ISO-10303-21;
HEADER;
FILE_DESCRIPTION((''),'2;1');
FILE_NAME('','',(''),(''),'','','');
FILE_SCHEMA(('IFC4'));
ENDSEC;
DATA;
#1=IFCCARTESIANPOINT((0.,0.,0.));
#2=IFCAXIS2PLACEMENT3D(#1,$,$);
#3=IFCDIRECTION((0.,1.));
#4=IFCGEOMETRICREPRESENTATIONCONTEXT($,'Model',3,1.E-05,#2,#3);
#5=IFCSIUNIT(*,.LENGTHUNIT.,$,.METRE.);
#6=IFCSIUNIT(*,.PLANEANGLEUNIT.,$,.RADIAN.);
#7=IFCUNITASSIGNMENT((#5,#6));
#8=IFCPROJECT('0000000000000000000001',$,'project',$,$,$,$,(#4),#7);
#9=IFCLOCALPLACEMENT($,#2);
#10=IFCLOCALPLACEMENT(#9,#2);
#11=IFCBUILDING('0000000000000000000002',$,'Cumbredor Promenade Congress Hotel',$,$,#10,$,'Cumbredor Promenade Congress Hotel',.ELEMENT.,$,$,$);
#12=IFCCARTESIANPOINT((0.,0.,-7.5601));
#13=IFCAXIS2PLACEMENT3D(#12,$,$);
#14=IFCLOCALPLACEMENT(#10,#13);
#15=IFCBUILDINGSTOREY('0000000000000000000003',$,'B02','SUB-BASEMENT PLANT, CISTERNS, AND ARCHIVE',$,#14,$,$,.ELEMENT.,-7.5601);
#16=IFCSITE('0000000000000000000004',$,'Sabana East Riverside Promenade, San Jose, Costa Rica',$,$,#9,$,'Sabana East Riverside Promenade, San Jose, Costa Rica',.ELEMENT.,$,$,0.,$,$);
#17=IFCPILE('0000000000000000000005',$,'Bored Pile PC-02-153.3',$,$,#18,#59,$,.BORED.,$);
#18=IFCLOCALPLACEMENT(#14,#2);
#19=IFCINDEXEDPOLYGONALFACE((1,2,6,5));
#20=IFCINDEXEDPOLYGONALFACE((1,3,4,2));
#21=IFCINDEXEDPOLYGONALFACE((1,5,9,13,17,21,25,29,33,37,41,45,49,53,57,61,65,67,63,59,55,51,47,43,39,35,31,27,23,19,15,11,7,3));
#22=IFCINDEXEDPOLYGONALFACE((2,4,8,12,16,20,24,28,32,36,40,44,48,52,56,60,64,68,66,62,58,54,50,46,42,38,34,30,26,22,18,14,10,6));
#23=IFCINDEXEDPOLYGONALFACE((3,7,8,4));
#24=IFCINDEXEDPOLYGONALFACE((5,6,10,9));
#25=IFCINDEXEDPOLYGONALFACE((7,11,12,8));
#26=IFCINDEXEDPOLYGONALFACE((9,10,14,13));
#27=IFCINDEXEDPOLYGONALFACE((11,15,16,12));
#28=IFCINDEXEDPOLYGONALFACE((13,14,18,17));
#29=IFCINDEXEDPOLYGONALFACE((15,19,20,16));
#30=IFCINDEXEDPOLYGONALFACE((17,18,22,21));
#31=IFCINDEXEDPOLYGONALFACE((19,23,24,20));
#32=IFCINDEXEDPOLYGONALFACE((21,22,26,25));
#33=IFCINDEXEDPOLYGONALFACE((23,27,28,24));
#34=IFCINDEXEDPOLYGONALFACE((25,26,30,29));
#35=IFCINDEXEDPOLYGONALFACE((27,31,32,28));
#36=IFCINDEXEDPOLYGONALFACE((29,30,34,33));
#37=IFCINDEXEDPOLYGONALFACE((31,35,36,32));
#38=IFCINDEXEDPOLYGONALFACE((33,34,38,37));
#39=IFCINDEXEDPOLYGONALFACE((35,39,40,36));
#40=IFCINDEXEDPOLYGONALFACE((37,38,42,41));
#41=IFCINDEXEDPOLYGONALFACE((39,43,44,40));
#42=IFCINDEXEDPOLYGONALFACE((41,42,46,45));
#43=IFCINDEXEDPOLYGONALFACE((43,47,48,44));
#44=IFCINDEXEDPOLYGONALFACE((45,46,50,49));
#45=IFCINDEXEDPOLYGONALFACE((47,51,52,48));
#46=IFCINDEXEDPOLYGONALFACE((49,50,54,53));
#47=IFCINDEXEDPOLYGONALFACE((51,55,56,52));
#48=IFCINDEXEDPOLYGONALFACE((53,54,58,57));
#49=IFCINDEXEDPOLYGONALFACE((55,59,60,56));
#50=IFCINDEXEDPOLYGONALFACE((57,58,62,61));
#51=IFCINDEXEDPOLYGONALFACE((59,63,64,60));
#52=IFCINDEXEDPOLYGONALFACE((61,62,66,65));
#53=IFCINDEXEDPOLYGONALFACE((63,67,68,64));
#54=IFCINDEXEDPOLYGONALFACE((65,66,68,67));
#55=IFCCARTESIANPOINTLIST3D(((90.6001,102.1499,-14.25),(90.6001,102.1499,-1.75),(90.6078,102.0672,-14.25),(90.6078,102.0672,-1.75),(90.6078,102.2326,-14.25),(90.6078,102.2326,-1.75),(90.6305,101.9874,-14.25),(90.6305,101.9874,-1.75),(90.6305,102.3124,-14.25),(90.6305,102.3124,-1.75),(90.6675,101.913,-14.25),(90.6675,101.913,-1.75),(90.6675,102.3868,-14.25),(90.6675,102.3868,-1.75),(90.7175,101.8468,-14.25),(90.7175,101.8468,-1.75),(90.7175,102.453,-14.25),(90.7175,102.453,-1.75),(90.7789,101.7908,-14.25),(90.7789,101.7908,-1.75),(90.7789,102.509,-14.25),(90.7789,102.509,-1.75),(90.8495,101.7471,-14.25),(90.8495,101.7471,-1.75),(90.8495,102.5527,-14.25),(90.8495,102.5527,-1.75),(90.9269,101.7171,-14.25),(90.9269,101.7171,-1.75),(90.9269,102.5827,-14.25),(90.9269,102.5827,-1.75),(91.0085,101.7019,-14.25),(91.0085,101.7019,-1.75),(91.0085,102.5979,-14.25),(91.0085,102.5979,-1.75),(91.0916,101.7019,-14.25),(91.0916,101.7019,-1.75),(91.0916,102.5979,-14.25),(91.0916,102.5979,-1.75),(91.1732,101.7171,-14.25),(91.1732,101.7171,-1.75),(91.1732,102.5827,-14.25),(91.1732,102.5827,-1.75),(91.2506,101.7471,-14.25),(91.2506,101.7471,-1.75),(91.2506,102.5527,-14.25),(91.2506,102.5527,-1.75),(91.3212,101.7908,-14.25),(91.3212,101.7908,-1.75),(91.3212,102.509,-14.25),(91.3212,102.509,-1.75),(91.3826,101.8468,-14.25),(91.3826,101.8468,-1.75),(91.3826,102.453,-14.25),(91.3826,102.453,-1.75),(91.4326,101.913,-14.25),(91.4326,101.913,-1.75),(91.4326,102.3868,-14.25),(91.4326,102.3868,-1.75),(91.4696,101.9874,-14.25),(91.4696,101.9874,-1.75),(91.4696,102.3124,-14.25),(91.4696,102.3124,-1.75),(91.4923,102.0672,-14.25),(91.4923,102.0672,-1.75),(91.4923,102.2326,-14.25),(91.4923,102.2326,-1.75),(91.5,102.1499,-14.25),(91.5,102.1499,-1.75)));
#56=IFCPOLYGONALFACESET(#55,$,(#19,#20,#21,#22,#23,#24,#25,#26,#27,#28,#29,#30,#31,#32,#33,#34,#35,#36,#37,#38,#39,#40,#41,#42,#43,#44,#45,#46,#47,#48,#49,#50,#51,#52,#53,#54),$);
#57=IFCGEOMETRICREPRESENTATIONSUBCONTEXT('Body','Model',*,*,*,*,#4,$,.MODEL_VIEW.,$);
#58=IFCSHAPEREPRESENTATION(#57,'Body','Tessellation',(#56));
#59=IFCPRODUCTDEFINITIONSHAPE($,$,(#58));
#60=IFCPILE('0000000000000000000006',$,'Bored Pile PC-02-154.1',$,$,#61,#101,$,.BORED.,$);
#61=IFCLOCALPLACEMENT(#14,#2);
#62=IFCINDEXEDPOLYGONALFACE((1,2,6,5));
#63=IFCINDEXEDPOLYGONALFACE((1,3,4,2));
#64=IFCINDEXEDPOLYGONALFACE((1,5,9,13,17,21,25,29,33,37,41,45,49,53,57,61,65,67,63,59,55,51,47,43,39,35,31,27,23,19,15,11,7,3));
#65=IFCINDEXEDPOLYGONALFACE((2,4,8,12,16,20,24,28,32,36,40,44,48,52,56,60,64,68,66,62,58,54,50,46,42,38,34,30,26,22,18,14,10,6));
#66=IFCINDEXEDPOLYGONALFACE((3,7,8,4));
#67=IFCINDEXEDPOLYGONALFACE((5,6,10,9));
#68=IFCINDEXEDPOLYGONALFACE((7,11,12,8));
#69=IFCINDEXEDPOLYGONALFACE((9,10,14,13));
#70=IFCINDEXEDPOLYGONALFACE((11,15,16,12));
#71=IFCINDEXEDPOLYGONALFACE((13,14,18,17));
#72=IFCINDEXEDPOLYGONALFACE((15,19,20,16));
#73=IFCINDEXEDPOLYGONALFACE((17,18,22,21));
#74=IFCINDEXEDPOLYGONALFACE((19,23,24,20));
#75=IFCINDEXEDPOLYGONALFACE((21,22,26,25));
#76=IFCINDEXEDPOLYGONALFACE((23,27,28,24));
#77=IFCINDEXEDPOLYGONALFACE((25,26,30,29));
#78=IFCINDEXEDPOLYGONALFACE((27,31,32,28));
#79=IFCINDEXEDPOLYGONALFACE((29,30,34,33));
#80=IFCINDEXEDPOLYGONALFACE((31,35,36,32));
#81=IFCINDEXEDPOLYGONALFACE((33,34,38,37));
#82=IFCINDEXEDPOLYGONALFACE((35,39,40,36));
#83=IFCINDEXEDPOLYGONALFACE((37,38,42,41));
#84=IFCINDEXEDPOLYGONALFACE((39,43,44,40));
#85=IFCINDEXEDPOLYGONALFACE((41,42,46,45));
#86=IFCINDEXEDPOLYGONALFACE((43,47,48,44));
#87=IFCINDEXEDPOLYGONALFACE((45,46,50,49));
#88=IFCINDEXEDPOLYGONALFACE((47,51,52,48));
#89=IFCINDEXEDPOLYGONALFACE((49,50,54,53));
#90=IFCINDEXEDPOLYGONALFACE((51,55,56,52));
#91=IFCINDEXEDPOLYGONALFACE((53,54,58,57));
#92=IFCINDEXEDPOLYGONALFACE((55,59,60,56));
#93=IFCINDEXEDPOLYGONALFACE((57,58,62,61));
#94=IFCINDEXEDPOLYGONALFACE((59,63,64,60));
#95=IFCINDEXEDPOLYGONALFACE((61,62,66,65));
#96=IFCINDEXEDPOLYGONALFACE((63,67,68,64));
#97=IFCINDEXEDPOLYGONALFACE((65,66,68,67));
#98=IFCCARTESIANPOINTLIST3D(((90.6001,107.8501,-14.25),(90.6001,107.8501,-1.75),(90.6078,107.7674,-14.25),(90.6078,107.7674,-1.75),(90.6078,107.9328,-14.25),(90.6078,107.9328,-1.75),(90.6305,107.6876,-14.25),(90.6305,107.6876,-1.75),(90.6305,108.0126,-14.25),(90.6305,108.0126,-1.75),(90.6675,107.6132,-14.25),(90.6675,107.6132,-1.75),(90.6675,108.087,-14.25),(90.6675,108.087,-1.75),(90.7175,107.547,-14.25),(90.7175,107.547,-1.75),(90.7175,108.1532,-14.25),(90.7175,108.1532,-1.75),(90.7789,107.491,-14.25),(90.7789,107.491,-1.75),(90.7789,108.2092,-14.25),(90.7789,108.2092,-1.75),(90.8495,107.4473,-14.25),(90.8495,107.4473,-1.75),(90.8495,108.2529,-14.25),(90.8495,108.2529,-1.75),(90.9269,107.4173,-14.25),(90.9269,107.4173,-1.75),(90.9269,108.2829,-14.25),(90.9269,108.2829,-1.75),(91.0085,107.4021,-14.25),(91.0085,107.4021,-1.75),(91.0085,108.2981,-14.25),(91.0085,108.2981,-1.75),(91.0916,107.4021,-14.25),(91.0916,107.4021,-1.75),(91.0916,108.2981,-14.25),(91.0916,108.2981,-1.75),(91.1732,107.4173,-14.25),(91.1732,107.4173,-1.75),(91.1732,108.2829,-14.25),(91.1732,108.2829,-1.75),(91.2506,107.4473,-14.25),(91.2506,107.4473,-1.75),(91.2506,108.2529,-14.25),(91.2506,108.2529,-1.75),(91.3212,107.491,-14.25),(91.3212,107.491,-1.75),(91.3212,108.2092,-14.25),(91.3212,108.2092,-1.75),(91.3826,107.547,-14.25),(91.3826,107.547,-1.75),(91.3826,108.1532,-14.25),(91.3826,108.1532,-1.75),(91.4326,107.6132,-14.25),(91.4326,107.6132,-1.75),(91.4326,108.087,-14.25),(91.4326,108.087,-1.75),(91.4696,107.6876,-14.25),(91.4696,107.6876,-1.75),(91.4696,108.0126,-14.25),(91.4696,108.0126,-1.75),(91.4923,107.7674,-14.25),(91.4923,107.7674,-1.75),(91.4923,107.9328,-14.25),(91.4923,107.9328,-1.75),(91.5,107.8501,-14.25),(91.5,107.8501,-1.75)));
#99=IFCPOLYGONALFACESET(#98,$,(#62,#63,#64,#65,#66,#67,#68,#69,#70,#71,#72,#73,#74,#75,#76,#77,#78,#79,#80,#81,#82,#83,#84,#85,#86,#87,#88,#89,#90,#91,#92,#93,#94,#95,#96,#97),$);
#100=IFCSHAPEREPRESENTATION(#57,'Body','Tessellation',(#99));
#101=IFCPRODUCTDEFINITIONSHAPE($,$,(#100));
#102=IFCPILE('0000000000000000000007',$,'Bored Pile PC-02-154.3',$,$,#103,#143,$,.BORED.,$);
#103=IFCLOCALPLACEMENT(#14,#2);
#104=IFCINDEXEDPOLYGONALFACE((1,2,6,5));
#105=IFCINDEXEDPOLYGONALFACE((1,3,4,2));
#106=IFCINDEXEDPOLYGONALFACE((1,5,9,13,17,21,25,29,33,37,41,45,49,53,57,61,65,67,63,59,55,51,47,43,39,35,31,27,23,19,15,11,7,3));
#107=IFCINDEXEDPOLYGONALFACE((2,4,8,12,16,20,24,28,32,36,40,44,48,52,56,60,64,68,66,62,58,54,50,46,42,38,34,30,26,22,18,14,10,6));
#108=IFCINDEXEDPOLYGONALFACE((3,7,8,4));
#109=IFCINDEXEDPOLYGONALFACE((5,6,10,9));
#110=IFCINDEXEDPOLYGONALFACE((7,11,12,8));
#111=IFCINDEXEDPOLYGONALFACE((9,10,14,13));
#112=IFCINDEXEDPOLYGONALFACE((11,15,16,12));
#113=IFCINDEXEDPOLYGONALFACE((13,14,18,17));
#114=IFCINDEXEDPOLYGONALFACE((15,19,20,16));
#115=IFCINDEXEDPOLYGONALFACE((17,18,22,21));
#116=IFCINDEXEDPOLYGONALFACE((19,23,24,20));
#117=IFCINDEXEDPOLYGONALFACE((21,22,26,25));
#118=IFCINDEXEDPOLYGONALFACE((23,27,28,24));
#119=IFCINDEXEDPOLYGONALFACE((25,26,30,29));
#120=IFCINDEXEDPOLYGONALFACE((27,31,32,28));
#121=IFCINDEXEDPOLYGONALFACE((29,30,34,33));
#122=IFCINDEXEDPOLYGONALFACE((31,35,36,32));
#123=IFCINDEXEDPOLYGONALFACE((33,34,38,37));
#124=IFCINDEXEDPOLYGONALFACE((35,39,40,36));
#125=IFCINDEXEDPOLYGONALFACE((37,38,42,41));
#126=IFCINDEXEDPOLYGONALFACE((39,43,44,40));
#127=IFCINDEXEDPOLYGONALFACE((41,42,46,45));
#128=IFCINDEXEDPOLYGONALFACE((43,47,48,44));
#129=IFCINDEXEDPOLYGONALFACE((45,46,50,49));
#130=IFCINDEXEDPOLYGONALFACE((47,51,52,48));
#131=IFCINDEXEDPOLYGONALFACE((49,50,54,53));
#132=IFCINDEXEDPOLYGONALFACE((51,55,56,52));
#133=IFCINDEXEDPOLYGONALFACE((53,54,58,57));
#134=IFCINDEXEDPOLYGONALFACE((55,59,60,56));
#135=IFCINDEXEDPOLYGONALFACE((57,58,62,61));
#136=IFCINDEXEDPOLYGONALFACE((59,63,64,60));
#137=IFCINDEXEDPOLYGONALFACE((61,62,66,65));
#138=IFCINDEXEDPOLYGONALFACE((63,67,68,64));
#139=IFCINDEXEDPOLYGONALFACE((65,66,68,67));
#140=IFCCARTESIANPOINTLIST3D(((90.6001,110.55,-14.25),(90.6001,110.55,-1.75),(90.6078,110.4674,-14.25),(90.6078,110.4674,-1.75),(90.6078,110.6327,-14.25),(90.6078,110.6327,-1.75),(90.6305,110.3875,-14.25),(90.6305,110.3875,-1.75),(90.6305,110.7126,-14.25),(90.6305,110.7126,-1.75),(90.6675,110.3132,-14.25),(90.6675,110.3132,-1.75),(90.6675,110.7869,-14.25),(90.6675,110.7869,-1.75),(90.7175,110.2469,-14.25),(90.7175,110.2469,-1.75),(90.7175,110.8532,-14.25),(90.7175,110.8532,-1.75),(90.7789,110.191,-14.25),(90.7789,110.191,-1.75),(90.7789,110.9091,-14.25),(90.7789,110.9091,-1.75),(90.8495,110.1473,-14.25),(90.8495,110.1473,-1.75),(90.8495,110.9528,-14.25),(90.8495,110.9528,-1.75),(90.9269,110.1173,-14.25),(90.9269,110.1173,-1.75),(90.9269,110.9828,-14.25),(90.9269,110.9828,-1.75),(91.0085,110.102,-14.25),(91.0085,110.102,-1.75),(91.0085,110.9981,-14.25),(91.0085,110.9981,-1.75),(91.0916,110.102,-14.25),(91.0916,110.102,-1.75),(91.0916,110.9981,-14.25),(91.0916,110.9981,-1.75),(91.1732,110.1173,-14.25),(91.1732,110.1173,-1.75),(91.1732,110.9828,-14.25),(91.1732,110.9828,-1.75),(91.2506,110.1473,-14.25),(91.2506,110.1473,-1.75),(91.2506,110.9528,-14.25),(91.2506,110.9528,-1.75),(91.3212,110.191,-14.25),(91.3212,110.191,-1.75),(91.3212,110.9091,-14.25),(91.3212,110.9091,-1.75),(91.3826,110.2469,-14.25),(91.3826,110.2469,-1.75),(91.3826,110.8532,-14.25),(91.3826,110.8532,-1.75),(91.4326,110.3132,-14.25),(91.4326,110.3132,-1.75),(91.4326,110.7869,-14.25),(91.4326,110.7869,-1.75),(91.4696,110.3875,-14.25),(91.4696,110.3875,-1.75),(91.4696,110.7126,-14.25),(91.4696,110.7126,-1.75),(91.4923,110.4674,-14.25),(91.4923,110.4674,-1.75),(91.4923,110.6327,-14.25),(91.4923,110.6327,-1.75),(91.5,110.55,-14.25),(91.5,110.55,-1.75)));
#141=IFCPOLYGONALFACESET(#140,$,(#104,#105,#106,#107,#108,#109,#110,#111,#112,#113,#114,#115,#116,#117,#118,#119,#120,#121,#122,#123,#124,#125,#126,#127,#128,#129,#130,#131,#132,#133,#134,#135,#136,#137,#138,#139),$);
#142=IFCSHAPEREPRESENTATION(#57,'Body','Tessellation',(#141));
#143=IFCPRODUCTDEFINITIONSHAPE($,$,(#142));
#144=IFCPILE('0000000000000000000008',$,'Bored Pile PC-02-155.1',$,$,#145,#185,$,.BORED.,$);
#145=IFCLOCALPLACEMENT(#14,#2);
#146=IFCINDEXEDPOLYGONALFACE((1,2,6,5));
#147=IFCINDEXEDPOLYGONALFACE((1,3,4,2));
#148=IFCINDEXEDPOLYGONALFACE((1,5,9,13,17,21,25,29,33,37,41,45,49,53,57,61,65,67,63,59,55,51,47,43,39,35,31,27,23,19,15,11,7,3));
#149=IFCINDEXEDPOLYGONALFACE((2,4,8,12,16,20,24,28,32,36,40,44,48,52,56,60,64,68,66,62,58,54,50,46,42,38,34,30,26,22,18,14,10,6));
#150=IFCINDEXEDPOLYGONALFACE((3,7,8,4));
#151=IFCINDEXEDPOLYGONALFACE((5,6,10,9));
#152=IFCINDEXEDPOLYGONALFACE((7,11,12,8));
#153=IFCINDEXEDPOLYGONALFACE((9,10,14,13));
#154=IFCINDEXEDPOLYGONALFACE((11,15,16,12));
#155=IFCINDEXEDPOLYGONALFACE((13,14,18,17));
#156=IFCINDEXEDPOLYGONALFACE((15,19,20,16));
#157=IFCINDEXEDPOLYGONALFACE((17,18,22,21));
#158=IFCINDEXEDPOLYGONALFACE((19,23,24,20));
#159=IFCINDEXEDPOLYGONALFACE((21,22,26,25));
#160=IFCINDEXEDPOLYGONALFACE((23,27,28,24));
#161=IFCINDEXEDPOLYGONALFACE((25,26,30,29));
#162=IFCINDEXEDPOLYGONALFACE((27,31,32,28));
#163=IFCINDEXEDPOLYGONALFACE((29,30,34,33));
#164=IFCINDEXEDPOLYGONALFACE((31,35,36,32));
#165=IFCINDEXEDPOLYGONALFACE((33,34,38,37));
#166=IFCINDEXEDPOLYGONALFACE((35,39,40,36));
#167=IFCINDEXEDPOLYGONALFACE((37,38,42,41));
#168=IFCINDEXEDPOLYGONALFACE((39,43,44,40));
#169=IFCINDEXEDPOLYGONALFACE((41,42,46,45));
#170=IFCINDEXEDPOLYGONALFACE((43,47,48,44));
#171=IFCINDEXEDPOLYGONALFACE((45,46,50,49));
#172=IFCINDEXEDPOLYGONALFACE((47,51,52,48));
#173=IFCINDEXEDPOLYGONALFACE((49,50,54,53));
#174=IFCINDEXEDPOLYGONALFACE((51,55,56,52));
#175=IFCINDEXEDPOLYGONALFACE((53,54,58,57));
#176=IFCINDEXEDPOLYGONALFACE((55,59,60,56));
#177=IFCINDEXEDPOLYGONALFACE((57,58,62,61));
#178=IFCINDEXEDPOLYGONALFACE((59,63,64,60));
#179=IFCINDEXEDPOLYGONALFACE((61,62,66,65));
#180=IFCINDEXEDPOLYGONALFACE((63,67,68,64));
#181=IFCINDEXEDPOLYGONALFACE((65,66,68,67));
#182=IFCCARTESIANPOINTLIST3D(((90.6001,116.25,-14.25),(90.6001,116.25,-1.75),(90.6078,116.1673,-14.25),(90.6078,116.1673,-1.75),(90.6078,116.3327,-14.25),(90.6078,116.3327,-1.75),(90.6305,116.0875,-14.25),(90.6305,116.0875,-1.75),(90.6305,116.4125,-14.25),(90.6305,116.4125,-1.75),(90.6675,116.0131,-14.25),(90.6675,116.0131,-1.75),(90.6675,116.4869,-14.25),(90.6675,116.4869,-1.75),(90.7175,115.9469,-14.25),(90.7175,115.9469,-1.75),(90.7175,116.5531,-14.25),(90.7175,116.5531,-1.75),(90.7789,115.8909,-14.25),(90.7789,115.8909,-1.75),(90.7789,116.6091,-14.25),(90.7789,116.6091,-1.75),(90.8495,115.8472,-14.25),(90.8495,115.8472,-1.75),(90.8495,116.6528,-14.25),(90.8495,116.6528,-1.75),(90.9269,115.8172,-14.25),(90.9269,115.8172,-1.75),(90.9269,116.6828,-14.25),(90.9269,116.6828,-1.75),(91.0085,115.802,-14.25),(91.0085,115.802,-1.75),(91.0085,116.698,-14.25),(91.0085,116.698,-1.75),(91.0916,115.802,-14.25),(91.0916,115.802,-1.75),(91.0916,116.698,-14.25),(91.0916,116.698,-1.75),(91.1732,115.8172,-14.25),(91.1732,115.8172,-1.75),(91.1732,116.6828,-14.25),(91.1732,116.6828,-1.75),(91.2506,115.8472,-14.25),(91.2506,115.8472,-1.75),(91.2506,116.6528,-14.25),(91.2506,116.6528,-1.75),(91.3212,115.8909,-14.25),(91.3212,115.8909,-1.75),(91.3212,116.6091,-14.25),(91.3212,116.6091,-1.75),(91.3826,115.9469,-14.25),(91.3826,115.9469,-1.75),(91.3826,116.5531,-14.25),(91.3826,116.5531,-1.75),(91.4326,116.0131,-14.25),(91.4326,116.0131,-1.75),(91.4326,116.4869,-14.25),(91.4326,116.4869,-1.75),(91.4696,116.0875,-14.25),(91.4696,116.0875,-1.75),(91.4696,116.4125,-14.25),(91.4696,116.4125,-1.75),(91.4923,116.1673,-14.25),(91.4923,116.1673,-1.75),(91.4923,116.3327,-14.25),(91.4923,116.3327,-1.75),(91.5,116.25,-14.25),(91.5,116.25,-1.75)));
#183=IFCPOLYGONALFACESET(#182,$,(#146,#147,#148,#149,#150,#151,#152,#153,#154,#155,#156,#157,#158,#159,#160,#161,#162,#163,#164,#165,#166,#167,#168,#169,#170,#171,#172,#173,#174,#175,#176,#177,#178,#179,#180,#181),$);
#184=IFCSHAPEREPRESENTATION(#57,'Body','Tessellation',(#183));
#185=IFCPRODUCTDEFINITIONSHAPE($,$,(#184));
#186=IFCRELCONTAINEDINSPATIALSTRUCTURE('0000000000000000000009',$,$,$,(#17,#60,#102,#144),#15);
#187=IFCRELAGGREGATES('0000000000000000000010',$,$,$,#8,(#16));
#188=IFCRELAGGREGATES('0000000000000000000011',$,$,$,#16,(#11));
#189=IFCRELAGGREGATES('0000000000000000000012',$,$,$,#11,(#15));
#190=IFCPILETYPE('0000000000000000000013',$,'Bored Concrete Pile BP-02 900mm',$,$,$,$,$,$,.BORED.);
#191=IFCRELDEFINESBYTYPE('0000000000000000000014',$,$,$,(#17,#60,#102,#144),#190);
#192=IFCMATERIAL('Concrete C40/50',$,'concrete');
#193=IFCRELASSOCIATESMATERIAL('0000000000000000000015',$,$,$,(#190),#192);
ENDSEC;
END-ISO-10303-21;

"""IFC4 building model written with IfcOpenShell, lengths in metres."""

from ifc_helpers import new_model, si_unit, direction, frame, origin, origin_2d, place, context, subcontext, project, spatial, circle, extrude, material, material_profile, profile_set, type_object, element, save


model = new_model("IFC4")

# Units and contexts
model_context = context("Model", 3, precision=1e-05, world=origin(), true_north=direction((0.0, 1.0)))
body_context = subcontext(model_context, "Body", "Model", "MODEL_VIEW")
ifc_project = project(units=[si_unit("LENGTHUNIT", "METRE"), si_unit("PLANEANGLEUNIT", "RADIAN")], contexts=[model_context])

# Site, building, storey
site_placement = place(None, origin())
site = spatial("IfcSite", under=ifc_project, at=site_placement, Name="Sabana East Riverside Promenade, San Jose, Costa Rica", LongName="Sabana East Riverside Promenade, San Jose, Costa Rica", CompositionType="ELEMENT", RefElevation=0.0)
building_placement = place(site_placement, origin())
building = spatial("IfcBuilding", under=site, at=building_placement, Name="Cumbredor Promenade Congress Hotel", LongName="Cumbredor Promenade Congress Hotel", CompositionType="ELEMENT")
storey_placement = place(building_placement, frame((0.0, 0.0, -7.5601)))
storey = spatial("IfcBuildingStorey", under=building, at=storey_placement, Name="B02", Description="SUB-BASEMENT PLANT, CISTERNS, AND ARCHIVE", CompositionType="ELEMENT", Elevation=-7.5601)

# Piles
ifc_material_1 = material(Name="Concrete C40/50", Category="concrete")
ifc_material_profile_1 = material_profile(ifc_material_1, circle(Radius=0.45, at=origin_2d()), Name="PILE D900")
ifc_profile_set_1 = profile_set([ifc_material_profile_1], Name="Concrete C40/50")
pile_type_1 = type_object("IfcPileType", Name="Bored Concrete Pile BP-02 900mm", PredefinedType="BORED", material=ifc_profile_set_1)
for number, where, z_axis, x_axis, name in (
    (1, (91.05, 102.1499, -1.75), (0.0, 0.0, -1.0), (1.0, 0.0, 0.0), "Bored Pile PC-02-153.3"),
    (2, (91.05, 107.8501, -1.75), (0.0, 0.0, -1.0), (1.0, 0.0, 0.0), "Bored Pile PC-02-154.1"),
    (3, (91.05, 110.55, -1.75), (0.0, 0.0, -1.0), (1.0, 0.0, 0.0), "Bored Pile PC-02-154.3"),
    (4, (91.05, 116.25, -1.75), (0.0, 0.0, -1.0), (1.0, 0.0, 0.0), "Bored Pile PC-02-155.1"),
):
    element("IfcPile", number, at=place(storey_placement, frame(where, z_axis=z_axis, x_axis=x_axis)), inside=storey, type_object=pile_type_1, Name=name, PredefinedType="BORED", context=body_context, shape_type="SweptSolid", body=[
        extrude(circle(Radius=0.45, at=origin_2d()), origin(), (0.0, 0.0, 1.0), 12.5),
    ])

save(model, "model.ifc")
